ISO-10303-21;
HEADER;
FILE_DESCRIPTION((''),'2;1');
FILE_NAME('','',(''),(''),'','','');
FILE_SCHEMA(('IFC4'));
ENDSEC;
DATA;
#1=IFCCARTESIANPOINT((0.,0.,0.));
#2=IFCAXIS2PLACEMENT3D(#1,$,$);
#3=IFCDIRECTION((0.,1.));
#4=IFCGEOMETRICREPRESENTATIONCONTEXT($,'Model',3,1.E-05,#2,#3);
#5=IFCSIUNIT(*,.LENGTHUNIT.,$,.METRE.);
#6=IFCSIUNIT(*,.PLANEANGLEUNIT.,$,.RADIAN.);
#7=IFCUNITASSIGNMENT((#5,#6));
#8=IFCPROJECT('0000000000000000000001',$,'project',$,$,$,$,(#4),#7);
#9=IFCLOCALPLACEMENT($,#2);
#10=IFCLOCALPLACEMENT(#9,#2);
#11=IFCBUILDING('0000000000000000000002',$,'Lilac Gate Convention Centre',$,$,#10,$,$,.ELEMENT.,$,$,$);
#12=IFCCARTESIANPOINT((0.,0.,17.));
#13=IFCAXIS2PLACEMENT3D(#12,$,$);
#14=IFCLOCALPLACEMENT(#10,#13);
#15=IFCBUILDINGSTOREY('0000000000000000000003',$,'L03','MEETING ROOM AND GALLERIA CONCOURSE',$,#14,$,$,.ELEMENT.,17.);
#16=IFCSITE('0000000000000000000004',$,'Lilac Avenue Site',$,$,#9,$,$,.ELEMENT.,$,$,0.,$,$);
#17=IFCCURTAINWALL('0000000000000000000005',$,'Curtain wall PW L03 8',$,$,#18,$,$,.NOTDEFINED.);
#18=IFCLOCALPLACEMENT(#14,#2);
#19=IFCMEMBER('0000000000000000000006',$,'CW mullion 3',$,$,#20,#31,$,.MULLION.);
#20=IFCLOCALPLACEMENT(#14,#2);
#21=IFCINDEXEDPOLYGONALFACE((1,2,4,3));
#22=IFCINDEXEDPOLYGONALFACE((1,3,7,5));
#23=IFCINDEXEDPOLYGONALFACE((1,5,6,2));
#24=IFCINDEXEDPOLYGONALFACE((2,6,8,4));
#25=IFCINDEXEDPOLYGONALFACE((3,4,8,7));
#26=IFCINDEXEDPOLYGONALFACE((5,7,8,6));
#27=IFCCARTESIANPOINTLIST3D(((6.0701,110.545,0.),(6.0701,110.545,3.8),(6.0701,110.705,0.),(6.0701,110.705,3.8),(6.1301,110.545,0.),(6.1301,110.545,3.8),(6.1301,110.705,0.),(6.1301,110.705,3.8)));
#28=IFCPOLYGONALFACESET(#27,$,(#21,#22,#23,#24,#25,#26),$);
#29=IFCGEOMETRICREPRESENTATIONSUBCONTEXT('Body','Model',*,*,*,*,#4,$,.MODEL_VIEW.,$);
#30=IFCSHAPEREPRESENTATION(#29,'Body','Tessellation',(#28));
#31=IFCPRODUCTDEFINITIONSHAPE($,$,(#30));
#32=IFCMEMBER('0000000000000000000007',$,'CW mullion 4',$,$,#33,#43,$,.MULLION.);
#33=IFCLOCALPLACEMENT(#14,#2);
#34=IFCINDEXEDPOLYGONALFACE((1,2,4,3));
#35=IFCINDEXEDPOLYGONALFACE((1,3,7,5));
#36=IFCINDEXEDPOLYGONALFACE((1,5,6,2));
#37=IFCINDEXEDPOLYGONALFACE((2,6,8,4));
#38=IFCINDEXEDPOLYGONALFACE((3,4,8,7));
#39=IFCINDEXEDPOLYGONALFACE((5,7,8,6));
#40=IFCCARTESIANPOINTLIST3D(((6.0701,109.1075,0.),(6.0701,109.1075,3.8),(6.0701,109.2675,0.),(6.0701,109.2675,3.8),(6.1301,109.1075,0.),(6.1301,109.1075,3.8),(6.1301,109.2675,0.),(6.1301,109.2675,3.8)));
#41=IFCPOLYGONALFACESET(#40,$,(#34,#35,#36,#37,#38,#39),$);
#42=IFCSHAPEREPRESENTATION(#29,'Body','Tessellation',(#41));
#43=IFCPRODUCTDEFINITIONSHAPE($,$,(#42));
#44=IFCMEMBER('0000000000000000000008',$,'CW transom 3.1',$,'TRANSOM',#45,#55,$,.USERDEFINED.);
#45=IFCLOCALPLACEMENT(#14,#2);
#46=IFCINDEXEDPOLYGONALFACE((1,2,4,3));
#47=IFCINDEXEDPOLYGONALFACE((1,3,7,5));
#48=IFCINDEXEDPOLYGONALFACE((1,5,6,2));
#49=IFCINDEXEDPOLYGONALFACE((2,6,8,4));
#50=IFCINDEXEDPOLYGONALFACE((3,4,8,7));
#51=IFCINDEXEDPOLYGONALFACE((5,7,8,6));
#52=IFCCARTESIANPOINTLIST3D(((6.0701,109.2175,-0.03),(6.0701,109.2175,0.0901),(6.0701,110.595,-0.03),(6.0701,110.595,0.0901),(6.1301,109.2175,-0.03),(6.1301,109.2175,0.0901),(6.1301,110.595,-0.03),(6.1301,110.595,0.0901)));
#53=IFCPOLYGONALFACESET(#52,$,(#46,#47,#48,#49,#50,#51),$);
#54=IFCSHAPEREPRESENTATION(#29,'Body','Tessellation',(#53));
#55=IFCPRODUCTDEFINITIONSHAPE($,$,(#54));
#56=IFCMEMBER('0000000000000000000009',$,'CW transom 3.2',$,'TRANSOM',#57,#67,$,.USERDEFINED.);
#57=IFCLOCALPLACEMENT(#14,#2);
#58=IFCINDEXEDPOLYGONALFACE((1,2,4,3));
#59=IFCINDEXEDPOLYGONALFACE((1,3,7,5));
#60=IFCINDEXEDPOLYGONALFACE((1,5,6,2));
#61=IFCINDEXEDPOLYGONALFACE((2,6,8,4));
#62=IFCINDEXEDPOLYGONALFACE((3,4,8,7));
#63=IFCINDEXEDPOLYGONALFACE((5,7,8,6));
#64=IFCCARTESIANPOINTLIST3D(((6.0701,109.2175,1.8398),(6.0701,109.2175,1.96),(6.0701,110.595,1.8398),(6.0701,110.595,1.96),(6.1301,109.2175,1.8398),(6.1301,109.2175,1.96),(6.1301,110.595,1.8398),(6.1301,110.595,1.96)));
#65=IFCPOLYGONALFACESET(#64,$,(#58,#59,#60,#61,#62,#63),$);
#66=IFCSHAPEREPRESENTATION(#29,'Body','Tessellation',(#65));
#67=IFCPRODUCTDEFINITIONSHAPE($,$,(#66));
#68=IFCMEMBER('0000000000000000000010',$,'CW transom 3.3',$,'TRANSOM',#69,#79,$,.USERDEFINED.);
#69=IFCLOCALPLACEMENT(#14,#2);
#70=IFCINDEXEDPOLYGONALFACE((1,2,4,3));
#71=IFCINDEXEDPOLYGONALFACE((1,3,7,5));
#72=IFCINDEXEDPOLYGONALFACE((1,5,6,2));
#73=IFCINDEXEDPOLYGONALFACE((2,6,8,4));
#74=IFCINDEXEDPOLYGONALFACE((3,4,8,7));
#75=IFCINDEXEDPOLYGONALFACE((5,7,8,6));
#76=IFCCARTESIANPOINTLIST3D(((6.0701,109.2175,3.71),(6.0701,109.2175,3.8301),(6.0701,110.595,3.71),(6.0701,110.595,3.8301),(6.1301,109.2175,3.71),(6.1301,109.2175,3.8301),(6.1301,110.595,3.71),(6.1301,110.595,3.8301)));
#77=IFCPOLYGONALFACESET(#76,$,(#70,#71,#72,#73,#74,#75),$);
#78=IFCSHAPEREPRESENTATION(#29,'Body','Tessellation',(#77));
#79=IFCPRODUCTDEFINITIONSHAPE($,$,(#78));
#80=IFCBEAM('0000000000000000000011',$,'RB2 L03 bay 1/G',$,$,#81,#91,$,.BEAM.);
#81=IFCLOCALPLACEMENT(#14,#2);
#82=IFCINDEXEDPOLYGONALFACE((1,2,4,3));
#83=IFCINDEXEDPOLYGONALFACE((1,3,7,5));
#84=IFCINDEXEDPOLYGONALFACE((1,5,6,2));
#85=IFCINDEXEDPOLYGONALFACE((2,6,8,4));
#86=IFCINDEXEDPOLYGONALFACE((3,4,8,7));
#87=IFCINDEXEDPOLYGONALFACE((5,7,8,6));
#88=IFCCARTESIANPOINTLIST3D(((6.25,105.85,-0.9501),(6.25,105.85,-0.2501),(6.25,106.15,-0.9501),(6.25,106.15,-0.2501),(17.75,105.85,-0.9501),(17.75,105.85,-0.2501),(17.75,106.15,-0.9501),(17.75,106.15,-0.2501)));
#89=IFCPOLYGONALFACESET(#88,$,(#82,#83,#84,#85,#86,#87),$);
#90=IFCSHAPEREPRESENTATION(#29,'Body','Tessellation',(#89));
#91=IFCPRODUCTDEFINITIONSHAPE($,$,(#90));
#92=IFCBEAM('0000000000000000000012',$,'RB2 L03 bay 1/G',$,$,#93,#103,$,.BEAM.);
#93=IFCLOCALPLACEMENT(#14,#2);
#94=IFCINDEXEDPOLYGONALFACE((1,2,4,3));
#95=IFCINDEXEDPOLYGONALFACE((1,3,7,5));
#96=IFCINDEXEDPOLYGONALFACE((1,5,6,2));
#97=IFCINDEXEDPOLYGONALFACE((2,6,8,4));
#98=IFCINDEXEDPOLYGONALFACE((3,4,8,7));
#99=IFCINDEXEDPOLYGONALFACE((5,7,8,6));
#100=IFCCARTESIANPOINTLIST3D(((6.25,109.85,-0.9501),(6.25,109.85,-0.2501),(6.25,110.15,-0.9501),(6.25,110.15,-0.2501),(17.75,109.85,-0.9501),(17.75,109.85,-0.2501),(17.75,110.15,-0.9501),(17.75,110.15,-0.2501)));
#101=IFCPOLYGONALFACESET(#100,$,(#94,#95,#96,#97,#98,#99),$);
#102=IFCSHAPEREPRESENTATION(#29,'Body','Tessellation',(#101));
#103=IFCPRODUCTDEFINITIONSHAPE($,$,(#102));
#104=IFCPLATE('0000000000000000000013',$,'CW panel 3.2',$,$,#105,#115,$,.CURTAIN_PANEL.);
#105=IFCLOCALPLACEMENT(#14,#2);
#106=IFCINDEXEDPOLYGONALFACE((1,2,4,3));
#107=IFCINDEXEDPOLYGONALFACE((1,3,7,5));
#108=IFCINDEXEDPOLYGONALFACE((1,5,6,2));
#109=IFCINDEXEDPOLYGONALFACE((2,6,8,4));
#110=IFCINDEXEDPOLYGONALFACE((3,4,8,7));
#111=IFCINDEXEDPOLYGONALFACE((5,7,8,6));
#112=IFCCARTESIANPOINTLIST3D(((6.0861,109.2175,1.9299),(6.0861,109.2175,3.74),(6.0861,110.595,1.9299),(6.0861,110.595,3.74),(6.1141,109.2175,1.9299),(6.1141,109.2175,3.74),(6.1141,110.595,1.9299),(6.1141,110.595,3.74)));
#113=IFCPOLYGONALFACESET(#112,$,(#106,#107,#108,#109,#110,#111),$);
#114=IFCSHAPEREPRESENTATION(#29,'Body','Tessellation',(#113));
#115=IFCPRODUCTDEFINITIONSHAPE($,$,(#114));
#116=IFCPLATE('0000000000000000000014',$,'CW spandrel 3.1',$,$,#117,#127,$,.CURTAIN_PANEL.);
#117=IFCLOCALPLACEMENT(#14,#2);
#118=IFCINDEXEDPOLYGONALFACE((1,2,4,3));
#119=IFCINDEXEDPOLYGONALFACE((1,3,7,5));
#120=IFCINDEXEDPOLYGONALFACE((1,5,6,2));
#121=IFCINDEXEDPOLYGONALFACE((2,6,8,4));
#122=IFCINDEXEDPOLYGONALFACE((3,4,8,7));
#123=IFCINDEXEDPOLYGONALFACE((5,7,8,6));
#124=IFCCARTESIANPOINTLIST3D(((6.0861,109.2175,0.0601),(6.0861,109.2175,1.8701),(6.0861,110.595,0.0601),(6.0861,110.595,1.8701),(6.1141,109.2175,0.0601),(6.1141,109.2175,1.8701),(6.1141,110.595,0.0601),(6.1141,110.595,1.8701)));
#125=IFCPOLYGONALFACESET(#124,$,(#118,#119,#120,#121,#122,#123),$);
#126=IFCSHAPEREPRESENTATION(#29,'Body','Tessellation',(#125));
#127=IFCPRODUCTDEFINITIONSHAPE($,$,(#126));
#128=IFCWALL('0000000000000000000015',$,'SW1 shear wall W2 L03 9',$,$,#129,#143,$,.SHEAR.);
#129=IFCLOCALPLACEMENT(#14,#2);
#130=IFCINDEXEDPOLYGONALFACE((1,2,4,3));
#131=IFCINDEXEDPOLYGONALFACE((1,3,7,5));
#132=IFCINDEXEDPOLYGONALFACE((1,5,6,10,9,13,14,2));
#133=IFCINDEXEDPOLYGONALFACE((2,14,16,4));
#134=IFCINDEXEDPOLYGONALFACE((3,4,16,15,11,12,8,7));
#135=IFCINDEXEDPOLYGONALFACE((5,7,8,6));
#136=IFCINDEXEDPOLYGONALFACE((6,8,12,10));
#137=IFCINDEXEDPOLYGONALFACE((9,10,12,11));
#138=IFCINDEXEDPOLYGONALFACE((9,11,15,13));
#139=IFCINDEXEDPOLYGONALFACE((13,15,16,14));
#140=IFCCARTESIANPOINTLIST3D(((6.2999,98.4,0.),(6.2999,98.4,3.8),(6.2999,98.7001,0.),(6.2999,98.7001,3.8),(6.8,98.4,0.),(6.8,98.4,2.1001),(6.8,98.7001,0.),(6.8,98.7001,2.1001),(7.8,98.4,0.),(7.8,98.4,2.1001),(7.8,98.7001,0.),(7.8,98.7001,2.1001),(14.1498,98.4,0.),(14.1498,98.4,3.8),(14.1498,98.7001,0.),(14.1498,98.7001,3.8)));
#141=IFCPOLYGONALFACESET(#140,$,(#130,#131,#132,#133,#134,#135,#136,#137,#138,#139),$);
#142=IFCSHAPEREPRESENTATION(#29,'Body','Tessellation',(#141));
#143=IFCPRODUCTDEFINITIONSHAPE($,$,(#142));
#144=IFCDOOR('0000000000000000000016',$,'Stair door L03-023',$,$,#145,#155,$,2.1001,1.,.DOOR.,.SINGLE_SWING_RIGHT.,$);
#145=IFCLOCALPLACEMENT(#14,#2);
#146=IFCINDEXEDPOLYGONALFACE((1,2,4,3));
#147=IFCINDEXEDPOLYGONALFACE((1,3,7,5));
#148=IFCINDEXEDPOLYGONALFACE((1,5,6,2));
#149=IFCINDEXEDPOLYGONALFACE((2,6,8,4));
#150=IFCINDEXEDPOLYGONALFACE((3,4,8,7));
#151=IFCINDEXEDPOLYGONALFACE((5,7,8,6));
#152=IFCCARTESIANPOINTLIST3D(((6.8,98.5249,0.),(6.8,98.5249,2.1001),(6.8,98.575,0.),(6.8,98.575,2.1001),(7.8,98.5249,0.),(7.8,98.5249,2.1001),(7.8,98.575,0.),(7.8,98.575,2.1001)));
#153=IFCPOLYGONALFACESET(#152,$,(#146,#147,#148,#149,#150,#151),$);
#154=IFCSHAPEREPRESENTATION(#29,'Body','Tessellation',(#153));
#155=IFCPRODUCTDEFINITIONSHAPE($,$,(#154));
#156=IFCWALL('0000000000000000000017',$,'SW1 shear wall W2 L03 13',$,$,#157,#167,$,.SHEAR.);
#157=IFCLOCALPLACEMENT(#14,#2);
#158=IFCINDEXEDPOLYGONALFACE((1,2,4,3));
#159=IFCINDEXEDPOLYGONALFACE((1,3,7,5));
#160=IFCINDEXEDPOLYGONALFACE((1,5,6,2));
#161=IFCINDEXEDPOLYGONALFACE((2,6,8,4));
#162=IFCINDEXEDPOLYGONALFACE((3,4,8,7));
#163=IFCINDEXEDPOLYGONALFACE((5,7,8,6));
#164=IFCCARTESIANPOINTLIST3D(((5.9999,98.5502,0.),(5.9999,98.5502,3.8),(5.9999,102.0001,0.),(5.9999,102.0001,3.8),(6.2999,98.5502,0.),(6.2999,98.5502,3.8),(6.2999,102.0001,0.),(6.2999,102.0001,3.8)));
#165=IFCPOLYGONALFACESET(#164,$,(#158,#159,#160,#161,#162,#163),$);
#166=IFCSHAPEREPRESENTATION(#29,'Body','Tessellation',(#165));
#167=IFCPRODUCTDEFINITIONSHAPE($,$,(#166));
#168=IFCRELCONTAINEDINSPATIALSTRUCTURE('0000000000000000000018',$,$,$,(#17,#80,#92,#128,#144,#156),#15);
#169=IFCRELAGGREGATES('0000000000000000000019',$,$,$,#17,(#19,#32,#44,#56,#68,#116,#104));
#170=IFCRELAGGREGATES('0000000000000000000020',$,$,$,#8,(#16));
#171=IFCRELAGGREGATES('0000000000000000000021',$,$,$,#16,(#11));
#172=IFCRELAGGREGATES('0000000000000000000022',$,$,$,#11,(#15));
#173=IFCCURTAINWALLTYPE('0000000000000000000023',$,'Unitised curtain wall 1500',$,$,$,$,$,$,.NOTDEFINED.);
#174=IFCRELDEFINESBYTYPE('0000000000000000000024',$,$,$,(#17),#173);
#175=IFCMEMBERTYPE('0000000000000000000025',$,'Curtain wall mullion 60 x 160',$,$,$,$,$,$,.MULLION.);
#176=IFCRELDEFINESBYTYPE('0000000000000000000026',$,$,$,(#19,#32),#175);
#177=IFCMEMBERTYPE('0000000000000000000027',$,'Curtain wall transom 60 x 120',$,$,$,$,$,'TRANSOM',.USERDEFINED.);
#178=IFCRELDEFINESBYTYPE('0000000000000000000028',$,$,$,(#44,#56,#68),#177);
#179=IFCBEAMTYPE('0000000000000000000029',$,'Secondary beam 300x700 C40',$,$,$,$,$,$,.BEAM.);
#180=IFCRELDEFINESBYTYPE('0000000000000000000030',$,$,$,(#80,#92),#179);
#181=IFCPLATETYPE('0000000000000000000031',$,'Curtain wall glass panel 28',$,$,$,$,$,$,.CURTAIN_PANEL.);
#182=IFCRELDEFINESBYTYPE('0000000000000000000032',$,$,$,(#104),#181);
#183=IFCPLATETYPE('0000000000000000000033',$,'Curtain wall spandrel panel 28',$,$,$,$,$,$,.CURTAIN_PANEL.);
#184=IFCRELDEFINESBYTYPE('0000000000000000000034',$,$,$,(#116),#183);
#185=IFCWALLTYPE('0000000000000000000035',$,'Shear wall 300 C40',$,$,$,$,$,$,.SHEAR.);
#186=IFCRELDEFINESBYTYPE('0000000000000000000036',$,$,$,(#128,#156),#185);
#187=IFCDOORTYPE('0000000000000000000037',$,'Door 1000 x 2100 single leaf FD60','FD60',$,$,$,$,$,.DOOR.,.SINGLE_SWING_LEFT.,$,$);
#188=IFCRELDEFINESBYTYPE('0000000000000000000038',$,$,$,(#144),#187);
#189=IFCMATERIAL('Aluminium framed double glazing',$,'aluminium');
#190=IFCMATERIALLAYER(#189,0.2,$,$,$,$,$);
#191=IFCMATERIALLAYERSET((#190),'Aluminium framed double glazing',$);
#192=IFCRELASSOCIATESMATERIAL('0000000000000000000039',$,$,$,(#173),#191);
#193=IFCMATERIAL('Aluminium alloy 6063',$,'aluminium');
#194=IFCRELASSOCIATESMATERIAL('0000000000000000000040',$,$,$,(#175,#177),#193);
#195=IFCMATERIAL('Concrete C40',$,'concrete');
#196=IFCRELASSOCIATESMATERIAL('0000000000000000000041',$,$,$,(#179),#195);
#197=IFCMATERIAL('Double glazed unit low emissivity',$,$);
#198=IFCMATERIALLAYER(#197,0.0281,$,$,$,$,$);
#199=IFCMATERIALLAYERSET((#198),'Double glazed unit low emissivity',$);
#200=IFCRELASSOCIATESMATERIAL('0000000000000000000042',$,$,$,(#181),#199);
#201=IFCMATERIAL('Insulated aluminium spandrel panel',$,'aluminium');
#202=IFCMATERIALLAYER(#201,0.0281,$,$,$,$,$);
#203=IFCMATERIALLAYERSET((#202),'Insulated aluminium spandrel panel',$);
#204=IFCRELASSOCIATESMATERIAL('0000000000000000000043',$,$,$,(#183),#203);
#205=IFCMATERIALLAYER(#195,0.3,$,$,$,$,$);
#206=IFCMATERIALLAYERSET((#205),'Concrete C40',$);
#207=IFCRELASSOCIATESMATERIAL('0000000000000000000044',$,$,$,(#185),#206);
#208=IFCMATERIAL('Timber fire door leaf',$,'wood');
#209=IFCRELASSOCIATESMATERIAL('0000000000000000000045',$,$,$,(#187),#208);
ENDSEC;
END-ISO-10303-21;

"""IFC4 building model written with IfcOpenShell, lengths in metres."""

from ifc_helpers import new_model, si_unit, direction, frame, frame_2d, origin, origin_2d, place, context, subcontext, project, spatial, rectangle, extrude, material, layer, layer_set, material_profile, profile_set, type_object, element, fill, aggregate, save


model = new_model("IFC4")

# Units and contexts
model_context = context("Model", 3, precision=1e-05, world=origin(), true_north=direction((0.0, 1.0)))
body_context = subcontext(model_context, "Body", "Model", "MODEL_VIEW")
ifc_project = project(units=[si_unit("LENGTHUNIT", "METRE"), si_unit("PLANEANGLEUNIT", "RADIAN")], contexts=[model_context])

# Site, building, storey
site_placement = place(None, origin())
site = spatial("IfcSite", under=ifc_project, at=site_placement, Name="Lilac Avenue Site", CompositionType="ELEMENT", RefElevation=0.0)
building_placement = place(site_placement, origin())
building = spatial("IfcBuilding", under=site, at=building_placement, Name="Lilac Gate Convention Centre", CompositionType="ELEMENT")
storey_placement = place(building_placement, frame((0.0, 0.0, 17.0)))
storey = spatial("IfcBuildingStorey", under=building, at=storey_placement, Name="L03", Description="MEETING ROOM AND GALLERIA CONCOURSE", CompositionType="ELEMENT", Elevation=17.0)

# Curtain wall, members
ifc_material_1 = material(Name="Aluminium framed double glazing", Category="aluminium")
ifc_layer_1 = layer(ifc_material_1, 0.2)
ifc_layer_set_1 = layer_set([ifc_layer_1], Name="Aluminium framed double glazing")
curtain_wall_type = type_object("IfcCurtainWallType", Name="Unitised curtain wall 1500", PredefinedType="NOTDEFINED", material=ifc_layer_set_1)
curtain_wall_placement = place(storey_placement, origin())
curtain_wall = element("IfcCurtainWall", 1, at=curtain_wall_placement, inside=storey, type_object=curtain_wall_type, Name="Curtain wall PW L03 8", PredefinedType="NOTDEFINED")
ifc_material_2 = material(Name="Aluminium alloy 6063", Category="aluminium")
ifc_material_profile_1 = material_profile(ifc_material_2, rectangle(XDim=0.0601, YDim=0.1599, at=origin_2d()), Name="Curtain wall mullion 60 x 160")
ifc_profile_set_1 = profile_set([ifc_material_profile_1], Name="Aluminium alloy 6063")
member_type_1 = type_object("IfcMemberType", Name="Curtain wall mullion 60 x 160", PredefinedType="MULLION", material=ifc_profile_set_1)
member_1_placement = place(storey_placement, frame((6.1001, 110.625, 0.0), z_axis=(0.0, 0.0, 1.0), x_axis=(1.0, 0.0, 0.0)))
member_1 = element("IfcMember", 2, at=member_1_placement, type_object=member_type_1, Name="CW mullion 3", PredefinedType="MULLION", context=body_context, shape_type="SweptSolid", body=[
    extrude(rectangle(XDim=0.0601, YDim=0.1599, at=origin_2d()), origin(), (0.0, 0.0, 1.0), 3.8),
])
member_2_placement = place(storey_placement, frame((6.1001, 109.1875, 0.0), z_axis=(0.0, 0.0, 1.0), x_axis=(1.0, 0.0, 0.0)))
member_2 = element("IfcMember", 3, at=member_2_placement, type_object=member_type_1, Name="CW mullion 4", PredefinedType="MULLION", context=body_context, shape_type="SweptSolid", body=[
    extrude(rectangle(XDim=0.0601, YDim=0.1599, at=origin_2d()), origin(), (0.0, 0.0, 1.0), 3.8),
])
ifc_material_profile_2 = material_profile(ifc_material_2, rectangle(XDim=0.0601, YDim=0.1201, at=origin_2d()), Name="Curtain wall transom 60 x 120")
ifc_profile_set_2 = profile_set([ifc_material_profile_2], Name="Aluminium alloy 6063")
member_type_2 = type_object("IfcMemberType", Name="Curtain wall transom 60 x 120", ElementType="TRANSOM", PredefinedType="USERDEFINED", material=ifc_profile_set_2)
member_3_placement = place(storey_placement, frame((6.1001, 110.595, 0.03), z_axis=(0.0, -1.0, 0.0), x_axis=(1.0, 0.0, 0.0)))
member_3 = element("IfcMember", 4, at=member_3_placement, type_object=member_type_2, Name="CW transom 3.1", ObjectType="TRANSOM", PredefinedType="USERDEFINED", context=body_context, shape_type="SweptSolid", body=[
    extrude(rectangle(XDim=0.0601, YDim=0.1201, at=origin_2d()), origin(), (0.0, 0.0, 1.0), 1.3774),
])
member_4_placement = place(storey_placement, frame((6.1001, 110.595, 1.8999), z_axis=(0.0, -1.0, 0.0), x_axis=(1.0, 0.0, 0.0)))
member_4 = element("IfcMember", 5, at=member_4_placement, type_object=member_type_2, Name="CW transom 3.2", ObjectType="TRANSOM", PredefinedType="USERDEFINED", context=body_context, shape_type="SweptSolid", body=[
    extrude(rectangle(XDim=0.0601, YDim=0.1201, at=origin_2d()), origin(), (0.0, 0.0, 1.0), 1.3774),
])
member_5_placement = place(storey_placement, frame((6.1001, 110.595, 3.77), z_axis=(0.0, -1.0, 0.0), x_axis=(1.0, 0.0, 0.0)))
member_5 = element("IfcMember", 6, at=member_5_placement, type_object=member_type_2, Name="CW transom 3.3", ObjectType="TRANSOM", PredefinedType="USERDEFINED", context=body_context, shape_type="SweptSolid", body=[
    extrude(rectangle(XDim=0.0601, YDim=0.1201, at=origin_2d()), origin(), (0.0, 0.0, 1.0), 1.3774),
])

# Beams
ifc_material_3 = material(Name="Concrete C40", Category="concrete")
ifc_material_profile_3 = material_profile(ifc_material_3, rectangle(XDim=0.3, YDim=0.7, at=origin_2d()), Name="RC 300x700")
ifc_profile_set_3 = profile_set([ifc_material_profile_3], Name="Concrete C40")
beam_type = type_object("IfcBeamType", Name="Secondary beam 300x700 C40", PredefinedType="BEAM", material=ifc_profile_set_3)
for number, where, z_axis, x_axis, name in (
    (7, (6.25, 106.0, -0.6001), (1.0, 0.0, 0.0), (0.0, 1.0, 0.0), "RB2 L03 bay 1/G"),
    (8, (6.25, 110.0, -0.6001), (1.0, 0.0, 0.0), (0.0, 1.0, 0.0), "RB2 L03 bay 1/G"),
):
    element("IfcBeam", number, at=place(storey_placement, frame(where, z_axis=z_axis, x_axis=x_axis)), inside=storey, type_object=beam_type, Name=name, PredefinedType="BEAM", context=body_context, shape_type="SweptSolid", body=[
        extrude(rectangle(XDim=0.3, YDim=0.7, at=origin_2d()), origin(), (0.0, 0.0, 1.0), 11.5),
    ])

# Plates
ifc_material_4 = material(Name="Double glazed unit low emissivity")
ifc_layer_2 = layer(ifc_material_4, 0.0281)
ifc_layer_set_2 = layer_set([ifc_layer_2], Name="Double glazed unit low emissivity")
plate_type_1 = type_object("IfcPlateType", Name="Curtain wall glass panel 28", PredefinedType="CURTAIN_PANEL", material=ifc_layer_set_2)
plate_1_placement = place(storey_placement, frame((6.1001, 109.9062, 1.9299), z_axis=(0.0, 0.0, 1.0), x_axis=(0.0, -1.0, 0.0)))
plate_1 = element("IfcPlate", 9, at=plate_1_placement, type_object=plate_type_1, Name="CW panel 3.2", PredefinedType="CURTAIN_PANEL", context=body_context, shape_type="SweptSolid", body=[
    extrude(rectangle(XDim=1.3774, YDim=0.0281, at=origin_2d()), origin(), (0.0, 0.0, 1.0), 1.8101),
])
ifc_material_5 = material(Name="Insulated aluminium spandrel panel", Category="aluminium")
ifc_layer_3 = layer(ifc_material_5, 0.0281)
ifc_layer_set_3 = layer_set([ifc_layer_3], Name="Insulated aluminium spandrel panel")
plate_type_2 = type_object("IfcPlateType", Name="Curtain wall spandrel panel 28", PredefinedType="CURTAIN_PANEL", material=ifc_layer_set_3)
plate_2_placement = place(storey_placement, frame((6.1001, 109.9062, 0.0601), z_axis=(0.0, 0.0, 1.0), x_axis=(0.0, -1.0, 0.0)))
plate_2 = element("IfcPlate", 10, at=plate_2_placement, type_object=plate_type_2, Name="CW spandrel 3.1", PredefinedType="CURTAIN_PANEL", context=body_context, shape_type="SweptSolid", body=[
    extrude(rectangle(XDim=1.3774, YDim=0.0281, at=origin_2d()), origin(), (0.0, 0.0, 1.0), 1.8101),
])
aggregate(curtain_wall, [member_1, member_2, member_3, member_4, member_5, plate_2, plate_1])

# Wall, opening, door
ifc_layer_4 = layer(ifc_material_3, 0.3)
ifc_layer_set_4 = layer_set([ifc_layer_4], Name="Concrete C40")
wall_type = type_object("IfcWallType", Name="Shear wall 300 C40", PredefinedType="SHEAR", material=ifc_layer_set_4)
wall_1_placement = place(storey_placement, frame((6.3, 98.55, 0.0), z_axis=(0.0, 0.0, 1.0), x_axis=(1.0, 0.0, 0.0)))
wall_1 = element("IfcWall", 11, at=wall_1_placement, inside=storey, type_object=wall_type, Name="SW1 shear wall W2 L03 9", PredefinedType="SHEAR", context=body_context, shape_type="SweptSolid", body=[
    extrude(rectangle(XDim=7.8499, YDim=0.3, at=frame_2d((3.9248, 0.0))), origin(), (0.0, 0.0, 1.0), 3.8),
])
opening_placement = place(wall_1_placement, frame((0.5, 0.0, 0.0)))
opening = element("IfcOpeningElement", 12, at=opening_placement, cuts=wall_1, PredefinedType="OPENING", context=body_context, shape_type="SweptSolid", body=[
    extrude(rectangle(XDim=1.0, YDim=2.1001, at=frame_2d((0.5, 1.05))), frame((0.0, 0.1599, 0.0), z_axis=(0.0, -1.0, 0.0), x_axis=(1.0, 0.0, 0.0)), (0.0, 0.0, 1.0), 0.3201),
])
ifc_material_6 = material(Name="Timber fire door leaf", Category="wood")
door_type = type_object("IfcDoorType", Name="Door 1000 x 2100 single leaf FD60", Description="FD60", OperationType="SINGLE_SWING_LEFT", PredefinedType="DOOR", material=ifc_material_6)
door_placement = place(opening_placement, origin())
door = element("IfcDoor", 13, at=door_placement, inside=storey, type_object=door_type, Name="Stair door L03-023", OperationType="SINGLE_SWING_RIGHT", OverallHeight=2.1001, OverallWidth=1.0, PredefinedType="DOOR", context=body_context, shape_type="SweptSolid", body=[
    extrude(rectangle(XDim=1.0, YDim=2.1001, at=frame_2d((0.5, 1.05))), frame((0.0, 0.0249, 0.0), z_axis=(0.0, -1.0, 0.0), x_axis=(1.0, 0.0, 0.0)), (0.0, 0.0, 1.0), 0.05),
])
fill(opening, door)

# Wall
wall_2_placement = place(storey_placement, frame((6.1499, 98.55, 0.0), z_axis=(0.0, 0.0, 1.0), x_axis=(0.0, 1.0, 0.0)))
element("IfcWall", 14, at=wall_2_placement, inside=storey, type_object=wall_type, Name="SW1 shear wall W2 L03 13", PredefinedType="SHEAR", context=body_context, shape_type="SweptSolid", body=[
    extrude(rectangle(XDim=3.45, YDim=0.3, at=frame_2d((1.7251, 0.0))), origin(), (0.0, 0.0, 1.0), 3.8),
])

save(model, "model.ifc")
